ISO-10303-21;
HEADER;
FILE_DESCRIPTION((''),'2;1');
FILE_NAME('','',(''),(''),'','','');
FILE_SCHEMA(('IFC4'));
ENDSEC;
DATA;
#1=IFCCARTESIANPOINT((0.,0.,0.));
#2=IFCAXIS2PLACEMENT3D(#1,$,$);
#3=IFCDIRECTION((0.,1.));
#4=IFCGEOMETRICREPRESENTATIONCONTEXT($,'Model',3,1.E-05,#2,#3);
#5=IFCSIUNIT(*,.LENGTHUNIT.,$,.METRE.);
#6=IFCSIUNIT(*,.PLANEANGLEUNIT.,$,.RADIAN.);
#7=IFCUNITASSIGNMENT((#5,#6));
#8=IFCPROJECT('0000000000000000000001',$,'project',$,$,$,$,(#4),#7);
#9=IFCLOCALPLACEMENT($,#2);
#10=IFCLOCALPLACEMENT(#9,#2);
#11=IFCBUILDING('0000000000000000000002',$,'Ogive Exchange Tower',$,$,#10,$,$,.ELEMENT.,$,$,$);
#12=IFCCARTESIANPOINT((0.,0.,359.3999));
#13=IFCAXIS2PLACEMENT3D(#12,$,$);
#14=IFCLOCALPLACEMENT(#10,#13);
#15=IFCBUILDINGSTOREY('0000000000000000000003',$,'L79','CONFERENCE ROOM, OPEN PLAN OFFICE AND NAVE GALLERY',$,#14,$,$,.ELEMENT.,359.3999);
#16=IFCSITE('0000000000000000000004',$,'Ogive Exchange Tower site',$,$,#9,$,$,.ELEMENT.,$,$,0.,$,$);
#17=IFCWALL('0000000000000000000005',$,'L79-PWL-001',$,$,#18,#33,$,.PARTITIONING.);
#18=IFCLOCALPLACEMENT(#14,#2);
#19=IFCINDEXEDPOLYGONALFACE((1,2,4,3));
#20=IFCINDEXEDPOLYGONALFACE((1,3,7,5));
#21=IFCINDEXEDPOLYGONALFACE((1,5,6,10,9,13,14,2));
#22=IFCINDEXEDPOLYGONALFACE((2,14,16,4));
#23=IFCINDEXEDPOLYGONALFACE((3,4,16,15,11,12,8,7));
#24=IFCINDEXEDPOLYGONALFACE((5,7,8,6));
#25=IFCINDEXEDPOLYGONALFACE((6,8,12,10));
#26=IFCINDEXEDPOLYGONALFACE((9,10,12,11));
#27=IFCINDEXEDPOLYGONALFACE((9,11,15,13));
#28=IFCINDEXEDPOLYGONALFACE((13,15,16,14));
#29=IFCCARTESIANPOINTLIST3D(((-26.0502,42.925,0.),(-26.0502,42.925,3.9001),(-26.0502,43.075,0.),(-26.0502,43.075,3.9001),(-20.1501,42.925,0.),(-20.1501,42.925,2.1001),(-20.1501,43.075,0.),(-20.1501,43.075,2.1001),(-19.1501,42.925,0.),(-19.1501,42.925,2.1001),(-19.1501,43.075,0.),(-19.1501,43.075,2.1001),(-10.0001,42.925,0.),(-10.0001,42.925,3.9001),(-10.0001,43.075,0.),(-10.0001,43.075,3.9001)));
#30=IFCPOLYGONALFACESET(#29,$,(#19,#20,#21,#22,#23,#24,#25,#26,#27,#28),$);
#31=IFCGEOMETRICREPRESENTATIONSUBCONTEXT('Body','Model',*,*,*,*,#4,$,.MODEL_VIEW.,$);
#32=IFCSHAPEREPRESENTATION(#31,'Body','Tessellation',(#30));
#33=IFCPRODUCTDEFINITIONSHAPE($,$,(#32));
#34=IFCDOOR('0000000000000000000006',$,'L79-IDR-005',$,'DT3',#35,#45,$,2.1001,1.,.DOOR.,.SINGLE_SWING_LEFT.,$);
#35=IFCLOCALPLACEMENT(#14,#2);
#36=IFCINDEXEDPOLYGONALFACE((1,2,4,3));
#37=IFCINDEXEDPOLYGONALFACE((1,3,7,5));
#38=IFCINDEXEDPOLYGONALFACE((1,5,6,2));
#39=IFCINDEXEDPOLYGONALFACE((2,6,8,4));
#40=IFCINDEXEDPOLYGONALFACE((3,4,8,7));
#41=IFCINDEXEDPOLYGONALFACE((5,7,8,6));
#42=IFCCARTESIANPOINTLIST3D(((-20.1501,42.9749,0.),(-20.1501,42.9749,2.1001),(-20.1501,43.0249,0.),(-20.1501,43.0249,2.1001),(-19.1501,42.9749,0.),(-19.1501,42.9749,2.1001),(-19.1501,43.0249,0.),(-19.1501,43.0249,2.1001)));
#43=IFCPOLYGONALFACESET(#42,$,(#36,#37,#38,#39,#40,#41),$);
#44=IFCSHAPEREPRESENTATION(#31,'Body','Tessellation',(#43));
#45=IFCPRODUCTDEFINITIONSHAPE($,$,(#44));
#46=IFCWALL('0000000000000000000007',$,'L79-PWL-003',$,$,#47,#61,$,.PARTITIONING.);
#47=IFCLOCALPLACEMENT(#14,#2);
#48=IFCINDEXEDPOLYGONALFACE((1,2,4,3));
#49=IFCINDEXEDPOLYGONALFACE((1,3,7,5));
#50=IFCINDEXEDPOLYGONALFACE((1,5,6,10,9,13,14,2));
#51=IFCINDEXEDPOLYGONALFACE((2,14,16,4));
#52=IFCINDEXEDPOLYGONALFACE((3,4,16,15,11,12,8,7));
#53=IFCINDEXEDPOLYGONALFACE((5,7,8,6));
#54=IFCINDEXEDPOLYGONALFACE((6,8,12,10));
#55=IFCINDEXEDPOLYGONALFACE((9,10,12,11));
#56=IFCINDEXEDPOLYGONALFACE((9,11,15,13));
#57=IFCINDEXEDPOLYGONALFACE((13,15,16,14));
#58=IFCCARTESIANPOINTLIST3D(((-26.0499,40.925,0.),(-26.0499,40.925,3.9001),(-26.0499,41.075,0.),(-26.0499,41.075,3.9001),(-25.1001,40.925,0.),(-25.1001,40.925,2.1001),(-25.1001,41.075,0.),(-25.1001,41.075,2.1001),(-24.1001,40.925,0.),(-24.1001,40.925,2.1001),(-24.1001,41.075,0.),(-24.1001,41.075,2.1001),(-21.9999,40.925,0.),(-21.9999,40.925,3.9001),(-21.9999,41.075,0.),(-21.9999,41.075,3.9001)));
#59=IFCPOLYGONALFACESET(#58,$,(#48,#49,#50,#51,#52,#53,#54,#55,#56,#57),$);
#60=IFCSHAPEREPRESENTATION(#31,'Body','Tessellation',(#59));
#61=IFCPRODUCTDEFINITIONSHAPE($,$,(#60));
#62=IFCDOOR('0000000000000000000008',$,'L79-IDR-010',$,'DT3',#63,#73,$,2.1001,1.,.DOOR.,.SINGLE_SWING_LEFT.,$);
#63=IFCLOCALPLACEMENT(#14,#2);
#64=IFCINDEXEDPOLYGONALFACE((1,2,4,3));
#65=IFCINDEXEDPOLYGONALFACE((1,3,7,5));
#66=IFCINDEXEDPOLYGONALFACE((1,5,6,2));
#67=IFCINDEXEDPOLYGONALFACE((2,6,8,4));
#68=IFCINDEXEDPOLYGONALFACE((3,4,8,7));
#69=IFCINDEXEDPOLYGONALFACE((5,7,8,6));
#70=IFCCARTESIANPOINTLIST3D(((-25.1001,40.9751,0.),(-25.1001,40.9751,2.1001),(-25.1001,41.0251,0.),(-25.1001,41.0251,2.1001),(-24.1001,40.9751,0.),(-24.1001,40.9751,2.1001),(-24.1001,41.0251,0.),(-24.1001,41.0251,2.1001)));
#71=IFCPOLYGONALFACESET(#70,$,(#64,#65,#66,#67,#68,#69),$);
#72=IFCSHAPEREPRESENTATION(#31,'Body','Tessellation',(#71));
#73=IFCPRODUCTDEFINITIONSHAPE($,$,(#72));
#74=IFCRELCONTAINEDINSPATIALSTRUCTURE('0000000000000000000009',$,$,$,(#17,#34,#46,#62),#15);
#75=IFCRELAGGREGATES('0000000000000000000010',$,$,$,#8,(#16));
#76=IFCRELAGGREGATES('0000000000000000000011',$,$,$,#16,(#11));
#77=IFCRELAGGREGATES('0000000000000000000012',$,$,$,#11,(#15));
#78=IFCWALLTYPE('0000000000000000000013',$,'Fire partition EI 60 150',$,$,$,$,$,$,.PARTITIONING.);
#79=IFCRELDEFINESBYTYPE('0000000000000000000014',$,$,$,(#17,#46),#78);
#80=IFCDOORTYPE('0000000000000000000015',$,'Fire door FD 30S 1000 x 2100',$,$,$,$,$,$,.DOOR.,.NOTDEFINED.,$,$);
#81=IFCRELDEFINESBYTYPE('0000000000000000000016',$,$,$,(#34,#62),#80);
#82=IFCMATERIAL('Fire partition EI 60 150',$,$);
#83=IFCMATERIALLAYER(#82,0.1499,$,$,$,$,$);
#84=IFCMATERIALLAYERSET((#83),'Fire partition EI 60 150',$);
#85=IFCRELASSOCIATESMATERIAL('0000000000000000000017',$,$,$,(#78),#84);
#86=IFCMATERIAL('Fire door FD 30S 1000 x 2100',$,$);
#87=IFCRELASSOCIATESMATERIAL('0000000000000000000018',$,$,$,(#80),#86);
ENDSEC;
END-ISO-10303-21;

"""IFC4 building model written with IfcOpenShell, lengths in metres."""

from ifc_helpers import new_model, si_unit, direction, frame, frame_2d, origin, place, context, subcontext, project, spatial, rectangle, extrude, material, layer, layer_set, type_object, element, fill, save


model = new_model("IFC4")

# Units and contexts
model_context = context("Model", 3, precision=1e-05, world=origin(), true_north=direction((0.0, 1.0)))
body_context = subcontext(model_context, "Body", "Model", "MODEL_VIEW")
ifc_project = project(units=[si_unit("LENGTHUNIT", "METRE"), si_unit("PLANEANGLEUNIT", "RADIAN")], contexts=[model_context])

# Site, building, storey
site_placement = place(None, origin())
site = spatial("IfcSite", under=ifc_project, at=site_placement, Name="Ogive Exchange Tower site", CompositionType="ELEMENT", RefElevation=0.0)
building_placement = place(site_placement, origin())
building = spatial("IfcBuilding", under=site, at=building_placement, Name="Ogive Exchange Tower", CompositionType="ELEMENT")
storey_placement = place(building_placement, frame((0.0, 0.0, 359.3999)))
storey = spatial("IfcBuildingStorey", under=building, at=storey_placement, Name="L79", Description="CONFERENCE ROOM, OPEN PLAN OFFICE AND NAVE GALLERY", CompositionType="ELEMENT", Elevation=359.3999)

# Walls, openings, doors
ifc_material_1 = material(Name="Fire partition EI 60 150")
ifc_layer_1 = layer(ifc_material_1, 0.1499)
ifc_layer_set_1 = layer_set([ifc_layer_1], Name="Fire partition EI 60 150")
wall_type_1 = type_object("IfcWallType", Name="Fire partition EI 60 150", PredefinedType="PARTITIONING", material=ifc_layer_set_1)
wall_1_placement = place(storey_placement, frame((-26.05, 43.0, 0.0), z_axis=(0.0, 0.0, 1.0), x_axis=(1.0, 0.0, 0.0)))
wall_1 = element("IfcWall", 1, at=wall_1_placement, inside=storey, type_object=wall_type_1, Name="L79-PWL-001", PredefinedType="PARTITIONING", context=body_context, shape_type="SweptSolid", body=[
    extrude(rectangle(XDim=16.05, YDim=0.1499, at=frame_2d((8.0249, 0.0))), origin(), (0.0, 0.0, 1.0), 3.9001),
])
opening_1_placement = place(wall_1_placement, frame((5.8999, 0.0, 0.0)))
opening_1 = element("IfcOpeningElement", 2, at=opening_1_placement, cuts=wall_1, PredefinedType="OPENING", context=body_context, shape_type="SweptSolid", body=[
    extrude(rectangle(XDim=1.0, YDim=2.1001, at=frame_2d((0.5, 1.05))), frame((0.0, 0.085, 0.0), z_axis=(0.0, -1.0, 0.0), x_axis=(1.0, 0.0, 0.0)), (0.0, 0.0, 1.0), 0.1699),
])
ifc_material_2 = material(Name="Fire door FD 30S 1000 x 2100")
door_type_1 = type_object("IfcDoorType", Name="Fire door FD 30S 1000 x 2100", OperationType="NOTDEFINED", PredefinedType="DOOR", material=ifc_material_2)
door_1_placement = place(opening_1_placement, origin())
door_1 = element("IfcDoor", 3, at=door_1_placement, inside=storey, type_object=door_type_1, Name="L79-IDR-005", ObjectType="DT3", OperationType="SINGLE_SWING_LEFT", OverallHeight=2.1001, OverallWidth=1.0, PredefinedType="DOOR", context=body_context, shape_type="SweptSolid", body=[
    extrude(rectangle(XDim=1.0, YDim=2.1001, at=frame_2d((0.5, 1.05))), frame((0.0, 0.0249, 0.0), z_axis=(0.0, -1.0, 0.0), x_axis=(1.0, 0.0, 0.0)), (0.0, 0.0, 1.0), 0.05),
])
fill(opening_1, door_1)
wall_2_placement = place(storey_placement, frame((-22.0, 41.0, 0.0), z_axis=(0.0, 0.0, 1.0), x_axis=(-1.0, 0.0, 0.0)))
wall_2 = element("IfcWall", 4, at=wall_2_placement, inside=storey, type_object=wall_type_1, Name="L79-PWL-003", PredefinedType="PARTITIONING", context=body_context, shape_type="SweptSolid", body=[
    extrude(rectangle(XDim=4.05, YDim=0.1499, at=frame_2d((2.0249, 0.0))), origin(), (0.0, 0.0, 1.0), 3.9001),
])
opening_2_placement = place(wall_2_placement, frame((2.1001, 0.0, 0.0)))
opening_2 = element("IfcOpeningElement", 5, at=opening_2_placement, cuts=wall_2, PredefinedType="OPENING", context=body_context, shape_type="SweptSolid", body=[
    extrude(rectangle(XDim=1.0, YDim=2.1001, at=frame_2d((0.5, 1.05))), frame((0.0, 0.085, 0.0), z_axis=(0.0, -1.0, 0.0), x_axis=(1.0, 0.0, 0.0)), (0.0, 0.0, 1.0), 0.1699),
])
door_2_placement = place(opening_2_placement, origin())
door_2 = element("IfcDoor", 6, at=door_2_placement, inside=storey, type_object=door_type_1, Name="L79-IDR-010", ObjectType="DT3", OperationType="SINGLE_SWING_LEFT", OverallHeight=2.1001, OverallWidth=1.0, PredefinedType="DOOR", context=body_context, shape_type="SweptSolid", body=[
    extrude(rectangle(XDim=1.0, YDim=2.1001, at=frame_2d((0.5, 1.05))), frame((0.0, 0.0249, 0.0), z_axis=(0.0, -1.0, 0.0), x_axis=(1.0, 0.0, 0.0)), (0.0, 0.0, 1.0), 0.05),
])
fill(opening_2, door_2)

save(model, "model.ifc")
